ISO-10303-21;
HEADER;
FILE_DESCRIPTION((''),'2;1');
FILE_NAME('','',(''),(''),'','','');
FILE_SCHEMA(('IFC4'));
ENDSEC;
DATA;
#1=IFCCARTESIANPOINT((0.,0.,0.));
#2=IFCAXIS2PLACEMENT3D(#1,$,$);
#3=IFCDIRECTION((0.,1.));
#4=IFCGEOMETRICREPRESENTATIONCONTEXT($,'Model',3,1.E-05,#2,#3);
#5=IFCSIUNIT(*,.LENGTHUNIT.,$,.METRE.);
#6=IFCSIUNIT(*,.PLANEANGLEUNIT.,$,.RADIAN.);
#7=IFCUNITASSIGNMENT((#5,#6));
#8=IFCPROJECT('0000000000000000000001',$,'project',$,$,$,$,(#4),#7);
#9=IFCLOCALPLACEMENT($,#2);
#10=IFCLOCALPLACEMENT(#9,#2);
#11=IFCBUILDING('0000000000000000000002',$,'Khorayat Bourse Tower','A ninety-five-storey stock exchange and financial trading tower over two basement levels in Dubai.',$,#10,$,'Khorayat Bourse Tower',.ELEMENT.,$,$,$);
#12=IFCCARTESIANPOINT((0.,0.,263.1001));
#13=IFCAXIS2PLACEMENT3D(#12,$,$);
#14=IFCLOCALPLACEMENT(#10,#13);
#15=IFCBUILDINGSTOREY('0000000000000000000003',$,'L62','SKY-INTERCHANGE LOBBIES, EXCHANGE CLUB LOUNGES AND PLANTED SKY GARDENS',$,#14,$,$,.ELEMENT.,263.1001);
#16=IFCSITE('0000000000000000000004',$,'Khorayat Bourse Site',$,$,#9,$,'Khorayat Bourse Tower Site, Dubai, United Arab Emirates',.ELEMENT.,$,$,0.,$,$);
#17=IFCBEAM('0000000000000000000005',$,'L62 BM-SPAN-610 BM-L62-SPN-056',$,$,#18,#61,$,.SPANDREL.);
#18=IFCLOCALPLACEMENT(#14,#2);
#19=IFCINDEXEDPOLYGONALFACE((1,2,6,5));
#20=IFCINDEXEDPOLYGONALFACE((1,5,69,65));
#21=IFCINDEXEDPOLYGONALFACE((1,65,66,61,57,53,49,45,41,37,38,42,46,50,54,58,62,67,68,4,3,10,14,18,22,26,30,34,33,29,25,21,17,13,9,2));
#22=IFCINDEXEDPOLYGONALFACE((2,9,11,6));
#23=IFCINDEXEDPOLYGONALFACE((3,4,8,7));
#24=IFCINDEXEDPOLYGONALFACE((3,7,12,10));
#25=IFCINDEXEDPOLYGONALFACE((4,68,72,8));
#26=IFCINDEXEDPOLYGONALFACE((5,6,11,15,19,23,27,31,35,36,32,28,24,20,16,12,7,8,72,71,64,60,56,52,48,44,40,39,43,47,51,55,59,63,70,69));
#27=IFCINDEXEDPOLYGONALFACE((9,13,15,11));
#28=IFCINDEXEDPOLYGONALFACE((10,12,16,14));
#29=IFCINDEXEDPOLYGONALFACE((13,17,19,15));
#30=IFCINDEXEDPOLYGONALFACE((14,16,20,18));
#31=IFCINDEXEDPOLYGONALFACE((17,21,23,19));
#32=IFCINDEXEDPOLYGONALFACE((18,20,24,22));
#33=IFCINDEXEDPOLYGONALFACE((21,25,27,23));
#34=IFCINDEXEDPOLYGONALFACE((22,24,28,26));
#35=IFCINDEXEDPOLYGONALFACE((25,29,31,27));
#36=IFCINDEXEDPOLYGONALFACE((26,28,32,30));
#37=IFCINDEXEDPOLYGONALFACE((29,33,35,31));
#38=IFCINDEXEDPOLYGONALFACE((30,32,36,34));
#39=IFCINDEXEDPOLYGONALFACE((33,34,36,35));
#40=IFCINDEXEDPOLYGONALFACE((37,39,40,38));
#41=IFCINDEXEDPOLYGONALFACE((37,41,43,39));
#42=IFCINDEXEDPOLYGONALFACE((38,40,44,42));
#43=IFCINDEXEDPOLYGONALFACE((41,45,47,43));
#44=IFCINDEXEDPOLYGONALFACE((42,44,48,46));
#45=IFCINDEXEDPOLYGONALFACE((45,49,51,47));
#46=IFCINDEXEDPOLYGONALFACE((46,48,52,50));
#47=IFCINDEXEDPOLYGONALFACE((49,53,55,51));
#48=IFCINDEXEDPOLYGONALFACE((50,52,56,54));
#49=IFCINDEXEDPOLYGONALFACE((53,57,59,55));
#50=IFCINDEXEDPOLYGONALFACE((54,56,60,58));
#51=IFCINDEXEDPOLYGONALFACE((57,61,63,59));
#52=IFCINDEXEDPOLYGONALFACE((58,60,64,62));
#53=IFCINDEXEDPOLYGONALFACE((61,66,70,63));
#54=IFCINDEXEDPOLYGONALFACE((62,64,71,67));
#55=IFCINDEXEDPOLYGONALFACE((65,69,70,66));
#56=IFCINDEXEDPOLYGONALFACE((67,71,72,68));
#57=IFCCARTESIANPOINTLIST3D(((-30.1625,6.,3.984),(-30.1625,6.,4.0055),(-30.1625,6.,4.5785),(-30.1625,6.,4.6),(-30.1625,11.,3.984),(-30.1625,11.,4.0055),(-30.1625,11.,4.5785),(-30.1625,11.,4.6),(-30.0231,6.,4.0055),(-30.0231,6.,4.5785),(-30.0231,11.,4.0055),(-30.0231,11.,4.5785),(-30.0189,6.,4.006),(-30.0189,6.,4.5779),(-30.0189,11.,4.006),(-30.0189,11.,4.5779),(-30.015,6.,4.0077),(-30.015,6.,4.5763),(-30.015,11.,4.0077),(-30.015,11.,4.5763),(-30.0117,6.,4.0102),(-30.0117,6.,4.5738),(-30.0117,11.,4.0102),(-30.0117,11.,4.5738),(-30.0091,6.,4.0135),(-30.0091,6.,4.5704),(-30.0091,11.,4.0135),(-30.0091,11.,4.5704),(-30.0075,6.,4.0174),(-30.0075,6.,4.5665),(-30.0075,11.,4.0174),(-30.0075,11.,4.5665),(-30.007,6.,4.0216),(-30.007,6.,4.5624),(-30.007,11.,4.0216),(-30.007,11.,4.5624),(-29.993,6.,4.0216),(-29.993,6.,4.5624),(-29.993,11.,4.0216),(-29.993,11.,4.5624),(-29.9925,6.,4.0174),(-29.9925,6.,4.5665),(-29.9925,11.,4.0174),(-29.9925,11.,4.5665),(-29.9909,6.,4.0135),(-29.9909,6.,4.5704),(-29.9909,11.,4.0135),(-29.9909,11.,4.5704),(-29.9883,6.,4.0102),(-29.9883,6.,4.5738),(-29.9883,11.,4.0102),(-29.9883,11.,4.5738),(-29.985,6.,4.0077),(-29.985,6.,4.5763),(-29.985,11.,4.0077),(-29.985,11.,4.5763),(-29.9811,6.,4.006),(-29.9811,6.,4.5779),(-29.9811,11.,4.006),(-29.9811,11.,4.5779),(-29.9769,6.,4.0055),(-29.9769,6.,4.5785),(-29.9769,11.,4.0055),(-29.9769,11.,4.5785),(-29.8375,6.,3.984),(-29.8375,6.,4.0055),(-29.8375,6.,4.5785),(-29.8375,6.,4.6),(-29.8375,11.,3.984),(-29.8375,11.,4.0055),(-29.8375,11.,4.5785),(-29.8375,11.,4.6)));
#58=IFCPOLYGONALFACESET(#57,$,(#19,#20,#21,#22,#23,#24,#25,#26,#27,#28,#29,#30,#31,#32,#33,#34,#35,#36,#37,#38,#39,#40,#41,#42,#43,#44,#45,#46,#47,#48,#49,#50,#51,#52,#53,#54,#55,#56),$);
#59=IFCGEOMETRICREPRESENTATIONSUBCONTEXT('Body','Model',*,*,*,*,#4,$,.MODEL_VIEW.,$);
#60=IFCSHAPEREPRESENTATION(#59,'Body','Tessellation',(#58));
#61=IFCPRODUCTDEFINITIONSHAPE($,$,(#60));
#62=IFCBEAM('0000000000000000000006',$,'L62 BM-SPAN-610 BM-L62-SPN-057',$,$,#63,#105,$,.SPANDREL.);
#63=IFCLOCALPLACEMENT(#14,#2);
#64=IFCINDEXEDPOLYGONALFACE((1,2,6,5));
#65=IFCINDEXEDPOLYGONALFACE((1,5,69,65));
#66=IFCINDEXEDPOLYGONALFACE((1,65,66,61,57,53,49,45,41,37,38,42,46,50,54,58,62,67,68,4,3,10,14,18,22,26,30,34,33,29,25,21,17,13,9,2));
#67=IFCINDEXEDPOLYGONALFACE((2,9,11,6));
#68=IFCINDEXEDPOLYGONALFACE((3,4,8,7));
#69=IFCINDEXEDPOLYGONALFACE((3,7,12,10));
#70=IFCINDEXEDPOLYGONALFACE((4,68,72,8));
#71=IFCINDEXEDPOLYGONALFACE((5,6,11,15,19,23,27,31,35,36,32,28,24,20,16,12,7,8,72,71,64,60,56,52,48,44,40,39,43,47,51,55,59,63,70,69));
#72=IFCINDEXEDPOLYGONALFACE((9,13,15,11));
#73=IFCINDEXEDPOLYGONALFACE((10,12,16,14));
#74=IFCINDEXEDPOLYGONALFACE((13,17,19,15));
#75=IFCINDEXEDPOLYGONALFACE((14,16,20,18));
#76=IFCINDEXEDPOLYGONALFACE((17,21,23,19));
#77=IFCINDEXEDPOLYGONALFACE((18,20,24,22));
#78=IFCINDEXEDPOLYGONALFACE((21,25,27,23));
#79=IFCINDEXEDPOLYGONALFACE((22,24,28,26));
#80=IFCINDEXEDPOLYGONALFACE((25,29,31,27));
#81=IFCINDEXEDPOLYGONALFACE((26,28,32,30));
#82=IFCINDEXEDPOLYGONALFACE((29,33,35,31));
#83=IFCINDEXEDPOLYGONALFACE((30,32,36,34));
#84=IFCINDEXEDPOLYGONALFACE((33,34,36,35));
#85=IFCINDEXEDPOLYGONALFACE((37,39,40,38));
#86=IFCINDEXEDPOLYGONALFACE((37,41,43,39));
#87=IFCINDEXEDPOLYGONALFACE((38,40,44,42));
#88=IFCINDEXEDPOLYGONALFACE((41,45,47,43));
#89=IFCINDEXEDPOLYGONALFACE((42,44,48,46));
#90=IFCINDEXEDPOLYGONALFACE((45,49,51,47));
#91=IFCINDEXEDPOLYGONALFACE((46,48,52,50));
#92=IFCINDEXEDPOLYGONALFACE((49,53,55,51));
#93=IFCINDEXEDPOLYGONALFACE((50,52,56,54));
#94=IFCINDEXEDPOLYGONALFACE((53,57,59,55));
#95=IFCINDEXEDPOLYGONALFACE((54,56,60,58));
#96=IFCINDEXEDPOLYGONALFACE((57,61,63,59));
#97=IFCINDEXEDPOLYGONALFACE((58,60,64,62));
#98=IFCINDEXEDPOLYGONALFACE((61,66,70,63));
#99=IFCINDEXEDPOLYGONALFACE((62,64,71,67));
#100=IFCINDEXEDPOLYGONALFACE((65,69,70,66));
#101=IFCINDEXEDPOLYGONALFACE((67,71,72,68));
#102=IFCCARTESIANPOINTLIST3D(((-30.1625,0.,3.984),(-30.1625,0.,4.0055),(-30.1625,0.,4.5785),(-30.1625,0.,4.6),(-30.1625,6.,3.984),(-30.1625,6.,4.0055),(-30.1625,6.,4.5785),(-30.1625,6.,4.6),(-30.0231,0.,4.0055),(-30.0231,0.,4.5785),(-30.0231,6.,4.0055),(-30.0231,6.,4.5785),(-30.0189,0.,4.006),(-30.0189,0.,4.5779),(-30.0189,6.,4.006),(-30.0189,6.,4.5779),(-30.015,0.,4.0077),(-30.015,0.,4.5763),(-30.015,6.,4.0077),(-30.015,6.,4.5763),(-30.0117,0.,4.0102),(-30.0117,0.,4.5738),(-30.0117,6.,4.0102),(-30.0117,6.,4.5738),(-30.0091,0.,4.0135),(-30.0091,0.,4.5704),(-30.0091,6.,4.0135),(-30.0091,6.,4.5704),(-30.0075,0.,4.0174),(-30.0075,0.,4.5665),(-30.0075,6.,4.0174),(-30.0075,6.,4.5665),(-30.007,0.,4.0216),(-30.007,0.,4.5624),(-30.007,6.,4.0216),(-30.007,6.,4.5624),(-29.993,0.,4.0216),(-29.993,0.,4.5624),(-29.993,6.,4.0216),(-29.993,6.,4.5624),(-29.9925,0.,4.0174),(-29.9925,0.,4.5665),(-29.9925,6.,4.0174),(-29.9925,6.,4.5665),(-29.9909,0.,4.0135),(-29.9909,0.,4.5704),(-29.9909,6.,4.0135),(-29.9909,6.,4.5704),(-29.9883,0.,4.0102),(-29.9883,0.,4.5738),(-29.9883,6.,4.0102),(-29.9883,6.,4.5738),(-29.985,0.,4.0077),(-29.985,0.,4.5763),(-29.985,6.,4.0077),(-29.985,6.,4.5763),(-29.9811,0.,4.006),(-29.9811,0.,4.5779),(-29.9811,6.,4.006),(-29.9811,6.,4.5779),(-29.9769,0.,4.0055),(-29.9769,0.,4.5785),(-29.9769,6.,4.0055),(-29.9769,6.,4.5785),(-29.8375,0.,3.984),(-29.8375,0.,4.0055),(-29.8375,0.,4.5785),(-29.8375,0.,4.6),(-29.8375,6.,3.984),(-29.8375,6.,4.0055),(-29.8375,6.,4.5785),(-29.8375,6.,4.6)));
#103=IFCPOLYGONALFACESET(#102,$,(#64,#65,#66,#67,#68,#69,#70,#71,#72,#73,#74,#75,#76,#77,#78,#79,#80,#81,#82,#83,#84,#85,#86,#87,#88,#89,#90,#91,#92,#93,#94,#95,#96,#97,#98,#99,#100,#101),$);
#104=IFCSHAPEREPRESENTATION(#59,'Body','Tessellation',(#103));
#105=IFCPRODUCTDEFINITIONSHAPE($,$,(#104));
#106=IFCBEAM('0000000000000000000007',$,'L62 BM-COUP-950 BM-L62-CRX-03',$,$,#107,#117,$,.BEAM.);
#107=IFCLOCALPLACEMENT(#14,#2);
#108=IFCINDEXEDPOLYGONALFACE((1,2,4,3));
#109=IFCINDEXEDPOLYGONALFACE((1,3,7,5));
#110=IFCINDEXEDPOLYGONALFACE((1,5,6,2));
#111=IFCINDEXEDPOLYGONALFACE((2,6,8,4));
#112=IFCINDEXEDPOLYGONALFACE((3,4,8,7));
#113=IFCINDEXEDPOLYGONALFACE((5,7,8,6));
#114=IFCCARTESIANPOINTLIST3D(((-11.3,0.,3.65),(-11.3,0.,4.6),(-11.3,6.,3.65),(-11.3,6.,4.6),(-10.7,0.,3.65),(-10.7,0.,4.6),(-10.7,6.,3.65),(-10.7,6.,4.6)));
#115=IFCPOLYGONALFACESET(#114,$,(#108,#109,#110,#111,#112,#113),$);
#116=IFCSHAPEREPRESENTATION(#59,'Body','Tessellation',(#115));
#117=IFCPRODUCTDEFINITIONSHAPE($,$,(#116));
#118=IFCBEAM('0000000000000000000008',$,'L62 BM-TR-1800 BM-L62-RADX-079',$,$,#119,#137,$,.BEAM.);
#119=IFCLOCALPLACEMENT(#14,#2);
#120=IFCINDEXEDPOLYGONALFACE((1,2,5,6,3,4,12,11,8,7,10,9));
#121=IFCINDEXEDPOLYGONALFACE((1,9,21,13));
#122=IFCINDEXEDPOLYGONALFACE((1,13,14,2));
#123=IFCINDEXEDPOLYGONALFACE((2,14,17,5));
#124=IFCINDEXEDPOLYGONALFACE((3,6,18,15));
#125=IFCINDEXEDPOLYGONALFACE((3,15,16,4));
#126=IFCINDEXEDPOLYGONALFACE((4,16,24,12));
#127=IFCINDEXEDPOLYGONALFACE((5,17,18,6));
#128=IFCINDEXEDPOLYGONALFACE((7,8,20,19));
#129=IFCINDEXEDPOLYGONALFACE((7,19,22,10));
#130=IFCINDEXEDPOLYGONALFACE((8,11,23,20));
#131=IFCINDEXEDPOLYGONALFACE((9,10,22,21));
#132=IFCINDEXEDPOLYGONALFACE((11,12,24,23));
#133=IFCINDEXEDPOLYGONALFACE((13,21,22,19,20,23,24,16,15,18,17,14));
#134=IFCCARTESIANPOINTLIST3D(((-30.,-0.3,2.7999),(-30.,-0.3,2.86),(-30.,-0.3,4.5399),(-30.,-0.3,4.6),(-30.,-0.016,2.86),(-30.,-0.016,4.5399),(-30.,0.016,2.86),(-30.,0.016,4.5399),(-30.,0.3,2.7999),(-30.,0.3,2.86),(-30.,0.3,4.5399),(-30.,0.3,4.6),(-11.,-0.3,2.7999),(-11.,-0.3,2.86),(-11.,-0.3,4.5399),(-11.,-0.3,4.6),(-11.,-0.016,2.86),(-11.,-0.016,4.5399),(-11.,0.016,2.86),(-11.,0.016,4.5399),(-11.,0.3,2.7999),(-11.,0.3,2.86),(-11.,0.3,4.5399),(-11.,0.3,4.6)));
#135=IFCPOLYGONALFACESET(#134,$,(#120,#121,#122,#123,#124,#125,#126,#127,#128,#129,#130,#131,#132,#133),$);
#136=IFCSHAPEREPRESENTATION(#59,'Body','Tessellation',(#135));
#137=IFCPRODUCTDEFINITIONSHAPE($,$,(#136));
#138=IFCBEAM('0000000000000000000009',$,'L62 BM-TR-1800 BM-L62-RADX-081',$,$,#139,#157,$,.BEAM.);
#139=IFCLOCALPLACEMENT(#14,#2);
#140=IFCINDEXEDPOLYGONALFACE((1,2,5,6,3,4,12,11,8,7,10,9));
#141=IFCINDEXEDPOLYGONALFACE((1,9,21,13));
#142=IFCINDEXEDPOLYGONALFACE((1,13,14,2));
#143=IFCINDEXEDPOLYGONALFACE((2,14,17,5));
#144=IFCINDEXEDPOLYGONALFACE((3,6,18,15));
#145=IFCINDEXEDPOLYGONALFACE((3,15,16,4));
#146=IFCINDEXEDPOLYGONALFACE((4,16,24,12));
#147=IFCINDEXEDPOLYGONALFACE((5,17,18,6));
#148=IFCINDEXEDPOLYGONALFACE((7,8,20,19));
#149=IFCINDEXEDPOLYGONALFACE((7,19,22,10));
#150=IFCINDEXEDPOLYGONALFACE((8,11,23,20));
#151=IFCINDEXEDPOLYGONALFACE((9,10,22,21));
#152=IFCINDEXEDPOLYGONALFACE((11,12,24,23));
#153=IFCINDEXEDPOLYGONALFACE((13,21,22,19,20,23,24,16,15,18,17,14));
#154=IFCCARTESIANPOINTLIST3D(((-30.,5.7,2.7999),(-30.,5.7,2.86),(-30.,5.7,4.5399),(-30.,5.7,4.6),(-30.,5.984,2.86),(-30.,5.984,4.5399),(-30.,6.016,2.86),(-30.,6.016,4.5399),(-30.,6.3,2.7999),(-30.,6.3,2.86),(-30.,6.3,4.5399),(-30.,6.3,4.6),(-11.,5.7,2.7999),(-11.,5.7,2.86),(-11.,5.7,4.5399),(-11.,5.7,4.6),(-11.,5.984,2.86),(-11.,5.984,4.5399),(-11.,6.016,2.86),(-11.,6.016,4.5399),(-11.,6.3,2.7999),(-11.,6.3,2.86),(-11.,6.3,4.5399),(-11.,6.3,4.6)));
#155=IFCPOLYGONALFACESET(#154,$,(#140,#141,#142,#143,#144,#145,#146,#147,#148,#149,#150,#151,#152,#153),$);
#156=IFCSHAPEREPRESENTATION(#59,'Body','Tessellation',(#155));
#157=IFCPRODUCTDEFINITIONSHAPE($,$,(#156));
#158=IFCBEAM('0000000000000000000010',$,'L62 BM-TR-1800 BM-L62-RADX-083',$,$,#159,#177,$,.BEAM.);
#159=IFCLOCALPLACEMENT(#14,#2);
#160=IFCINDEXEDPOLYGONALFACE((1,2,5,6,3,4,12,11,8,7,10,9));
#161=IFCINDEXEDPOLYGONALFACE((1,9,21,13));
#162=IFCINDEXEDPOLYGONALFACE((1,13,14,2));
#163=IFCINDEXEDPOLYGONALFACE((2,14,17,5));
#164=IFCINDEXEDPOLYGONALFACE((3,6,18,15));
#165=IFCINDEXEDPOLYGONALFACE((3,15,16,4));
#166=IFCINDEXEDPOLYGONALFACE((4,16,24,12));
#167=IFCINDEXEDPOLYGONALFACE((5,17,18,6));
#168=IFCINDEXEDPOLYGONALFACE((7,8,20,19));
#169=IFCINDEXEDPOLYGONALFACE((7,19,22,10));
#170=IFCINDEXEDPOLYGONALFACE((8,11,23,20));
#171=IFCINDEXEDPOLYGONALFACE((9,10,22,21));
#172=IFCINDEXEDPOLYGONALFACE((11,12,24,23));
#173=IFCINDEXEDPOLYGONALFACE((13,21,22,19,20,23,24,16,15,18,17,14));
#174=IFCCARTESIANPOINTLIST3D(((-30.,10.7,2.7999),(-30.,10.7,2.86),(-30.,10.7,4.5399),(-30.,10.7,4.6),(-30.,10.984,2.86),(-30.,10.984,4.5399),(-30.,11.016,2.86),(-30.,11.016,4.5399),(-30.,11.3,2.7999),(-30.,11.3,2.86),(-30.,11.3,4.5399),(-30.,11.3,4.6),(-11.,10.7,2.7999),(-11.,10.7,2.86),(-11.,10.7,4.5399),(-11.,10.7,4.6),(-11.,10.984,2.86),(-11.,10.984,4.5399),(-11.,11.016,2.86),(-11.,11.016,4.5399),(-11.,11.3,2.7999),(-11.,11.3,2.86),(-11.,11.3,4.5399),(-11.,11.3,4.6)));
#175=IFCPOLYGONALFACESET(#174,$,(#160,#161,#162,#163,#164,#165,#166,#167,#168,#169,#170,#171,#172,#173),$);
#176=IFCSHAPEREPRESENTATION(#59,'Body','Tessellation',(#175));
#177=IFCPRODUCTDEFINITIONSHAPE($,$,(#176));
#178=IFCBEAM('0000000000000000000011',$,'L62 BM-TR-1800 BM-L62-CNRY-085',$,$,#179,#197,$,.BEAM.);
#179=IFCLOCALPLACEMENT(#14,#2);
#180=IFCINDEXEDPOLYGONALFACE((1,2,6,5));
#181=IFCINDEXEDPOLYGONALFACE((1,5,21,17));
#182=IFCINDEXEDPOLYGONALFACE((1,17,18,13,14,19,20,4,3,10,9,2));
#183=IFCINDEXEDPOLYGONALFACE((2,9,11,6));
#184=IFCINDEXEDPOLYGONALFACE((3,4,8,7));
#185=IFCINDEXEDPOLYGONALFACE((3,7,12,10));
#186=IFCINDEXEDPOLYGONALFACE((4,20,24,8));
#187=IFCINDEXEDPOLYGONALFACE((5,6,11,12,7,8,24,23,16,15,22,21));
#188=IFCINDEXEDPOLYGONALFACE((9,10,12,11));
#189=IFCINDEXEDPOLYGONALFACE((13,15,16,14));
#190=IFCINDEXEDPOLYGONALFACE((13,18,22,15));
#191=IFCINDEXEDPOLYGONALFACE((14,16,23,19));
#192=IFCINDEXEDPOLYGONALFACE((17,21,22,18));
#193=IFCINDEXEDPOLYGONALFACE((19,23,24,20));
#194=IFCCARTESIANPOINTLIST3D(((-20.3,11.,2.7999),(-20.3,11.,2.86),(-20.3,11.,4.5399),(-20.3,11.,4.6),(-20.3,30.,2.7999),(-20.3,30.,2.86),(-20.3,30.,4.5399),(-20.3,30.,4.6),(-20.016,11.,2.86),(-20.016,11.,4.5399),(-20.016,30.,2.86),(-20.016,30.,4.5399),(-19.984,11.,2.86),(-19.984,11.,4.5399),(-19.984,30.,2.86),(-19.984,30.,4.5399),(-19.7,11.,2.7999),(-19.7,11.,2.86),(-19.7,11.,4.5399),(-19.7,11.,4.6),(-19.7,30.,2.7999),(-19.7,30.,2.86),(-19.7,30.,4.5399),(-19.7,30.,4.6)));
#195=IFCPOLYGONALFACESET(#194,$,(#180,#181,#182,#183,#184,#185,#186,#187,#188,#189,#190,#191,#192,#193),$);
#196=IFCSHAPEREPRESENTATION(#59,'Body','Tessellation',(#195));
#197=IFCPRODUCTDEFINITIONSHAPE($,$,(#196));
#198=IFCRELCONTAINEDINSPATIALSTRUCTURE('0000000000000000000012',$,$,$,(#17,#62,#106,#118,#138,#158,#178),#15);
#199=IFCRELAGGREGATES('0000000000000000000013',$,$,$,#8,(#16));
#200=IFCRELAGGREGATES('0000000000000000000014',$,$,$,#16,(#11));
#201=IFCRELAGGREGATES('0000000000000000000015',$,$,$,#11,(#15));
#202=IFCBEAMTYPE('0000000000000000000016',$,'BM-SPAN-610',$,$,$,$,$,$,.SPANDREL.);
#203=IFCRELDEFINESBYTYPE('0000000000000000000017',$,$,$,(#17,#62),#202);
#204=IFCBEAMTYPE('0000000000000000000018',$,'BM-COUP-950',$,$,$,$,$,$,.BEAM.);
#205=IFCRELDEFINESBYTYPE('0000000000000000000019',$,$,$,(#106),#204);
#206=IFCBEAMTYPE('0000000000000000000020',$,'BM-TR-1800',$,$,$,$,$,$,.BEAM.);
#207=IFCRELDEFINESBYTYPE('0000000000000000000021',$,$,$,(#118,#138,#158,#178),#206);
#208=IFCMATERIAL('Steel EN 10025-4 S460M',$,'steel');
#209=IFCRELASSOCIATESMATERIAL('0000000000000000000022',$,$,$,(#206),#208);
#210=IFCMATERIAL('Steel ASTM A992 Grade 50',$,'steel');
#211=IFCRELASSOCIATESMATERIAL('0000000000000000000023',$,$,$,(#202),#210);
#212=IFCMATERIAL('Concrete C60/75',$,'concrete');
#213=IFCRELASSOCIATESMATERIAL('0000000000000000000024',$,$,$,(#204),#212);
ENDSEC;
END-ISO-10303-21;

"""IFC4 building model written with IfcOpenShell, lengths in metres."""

from ifc_helpers import new_model, si_unit, direction, frame, origin, origin_2d, place, context, subcontext, project, spatial, rectangle, i_section, extrude, source, transform, mapped, material, material_profile, profile_set, type_object, element, save


model = new_model("IFC4")

# Units and contexts
model_context = context("Model", 3, precision=1e-05, world=origin(), true_north=direction((0.0, 1.0)))
body_context = subcontext(model_context, "Body", "Model", "MODEL_VIEW")
ifc_project = project(units=[si_unit("LENGTHUNIT", "METRE"), si_unit("PLANEANGLEUNIT", "RADIAN")], contexts=[model_context])

# Site, building, storey
site_placement = place(None, origin())
site = spatial("IfcSite", under=ifc_project, at=site_placement, Name="Khorayat Bourse Site", LongName="Khorayat Bourse Tower Site, Dubai, United Arab Emirates", CompositionType="ELEMENT", RefElevation=0.0)
building_placement = place(site_placement, origin())
building = spatial("IfcBuilding", under=site, at=building_placement, Name="Khorayat Bourse Tower", Description="A ninety-five-storey stock exchange and financial trading tower over two basement levels in Dubai.", LongName="Khorayat Bourse Tower", CompositionType="ELEMENT")
storey_placement = place(building_placement, frame((0.0, 0.0, 263.1001)))
storey = spatial("IfcBuildingStorey", under=building, at=storey_placement, Name="L62", Description="SKY-INTERCHANGE LOBBIES, EXCHANGE CLUB LOUNGES AND PLANTED SKY GARDENS", CompositionType="ELEMENT", Elevation=263.1001)

# Shared definitions
ifc_material_1 = material(Name="Concrete C60/75", Category="concrete")
ifc_material_2 = material(Name="Steel EN 10025-4 S460M", Category="steel")

# Beams
ifc_material_profile_1 = material_profile(ifc_material_2, i_section(OverallWidth=0.6001, OverallDepth=1.8, WebThickness=0.032, FlangeThickness=0.0601, at=origin_2d()), Name="PG 1800x600x32x60")
ifc_profile_set_1 = profile_set([ifc_material_profile_1], Name="Steel EN 10025-4 S460M")
beam_type_1 = type_object("IfcBeamType", Name="BM-TR-1800", PredefinedType="BEAM", material=ifc_profile_set_1)
ifc_material_3 = material(Name="Steel ASTM A992 Grade 50", Category="steel")
ifc_material_profile_2 = material_profile(ifc_material_3, i_section(OverallWidth=0.325, OverallDepth=0.616, WebThickness=0.0139, FlangeThickness=0.0215, FilletRadius=0.0161, at=origin_2d()), Name="W610X174")
ifc_profile_set_2 = profile_set([ifc_material_profile_2], Name="Steel ASTM A992 Grade 50")
beam_type_2 = type_object("IfcBeamType", Name="BM-SPAN-610", PredefinedType="SPANDREL", material=ifc_profile_set_2)
shared_shape_1 = source(origin(), body_context, "Body", "SweptSolid", [
    extrude(i_section(OverallWidth=0.325, OverallDepth=0.616, WebThickness=0.0139, FlangeThickness=0.0215, FilletRadius=0.0161, at=origin_2d()), origin(), (0.0, 0.0, 1.0), 5.0),
])
beam_1_placement = place(storey_placement, frame((-30.0, 6.0, 4.292), z_axis=(0.0, 1.0, 0.0), x_axis=(-1.0, 0.0, 0.0)))
element("IfcBeam", 1, at=beam_1_placement, inside=storey, type_object=beam_type_2, Name="L62 BM-SPAN-610 BM-L62-SPN-056", PredefinedType="SPANDREL", context=body_context, shape_type="MappedRepresentation", body=[
    mapped(shared_shape_1, transform((0.0, 0.0, 0.0), scale=1.0)),
])
shared_shape_2 = source(origin(), body_context, "Body", "SweptSolid", [
    extrude(i_section(OverallWidth=0.325, OverallDepth=0.616, WebThickness=0.0139, FlangeThickness=0.0215, FilletRadius=0.0161, at=origin_2d()), origin(), (0.0, 0.0, 1.0), 6.0),
])
beam_2_placement = place(storey_placement, frame((-30.0, 0.0, 4.292), z_axis=(0.0, 1.0, 0.0), x_axis=(-1.0, 0.0, 0.0)))
element("IfcBeam", 2, at=beam_2_placement, inside=storey, type_object=beam_type_2, Name="L62 BM-SPAN-610 BM-L62-SPN-057", PredefinedType="SPANDREL", context=body_context, shape_type="MappedRepresentation", body=[
    mapped(shared_shape_2, transform((0.0, 0.0, 0.0), scale=1.0)),
])
ifc_material_profile_3 = material_profile(ifc_material_1, rectangle(XDim=0.6001, YDim=0.95, at=origin_2d()), Name="RC 600x950")
ifc_profile_set_3 = profile_set([ifc_material_profile_3], Name="Concrete C60/75")
beam_type_3 = type_object("IfcBeamType", Name="BM-COUP-950", PredefinedType="BEAM", material=ifc_profile_set_3)
shared_shape_3 = source(origin(), body_context, "Body", "SweptSolid", [
    extrude(rectangle(XDim=0.6001, YDim=0.95, at=origin_2d()), origin(), (0.0, 0.0, 1.0), 6.0),
])
beam_3_placement = place(storey_placement, frame((-11.0, 0.0, 4.125), z_axis=(0.0, 1.0, 0.0), x_axis=(-1.0, 0.0, 0.0)))
element("IfcBeam", 3, at=beam_3_placement, inside=storey, type_object=beam_type_3, Name="L62 BM-COUP-950 BM-L62-CRX-03", PredefinedType="BEAM", context=body_context, shape_type="MappedRepresentation", body=[
    mapped(shared_shape_3, transform((0.0, 0.0, 0.0), scale=1.0)),
])
shared_shape_4 = source(origin(), body_context, "Body", "SweptSolid", [
    extrude(i_section(OverallWidth=0.6001, OverallDepth=1.8, WebThickness=0.032, FlangeThickness=0.0601, at=origin_2d()), origin(), (0.0, 0.0, 1.0), 19.0),
])
for number, where, z_axis, x_axis, name in (
    (4, (-30.0, 0.0, 3.7), (1.0, 0.0, 0.0), (0.0, 1.0, 0.0), "L62 BM-TR-1800 BM-L62-RADX-079"),
    (5, (-30.0, 6.0, 3.7), (1.0, 0.0, 0.0), (0.0, 1.0, 0.0), "L62 BM-TR-1800 BM-L62-RADX-081"),
    (6, (-30.0, 11.0, 3.7), (1.0, 0.0, 0.0), (0.0, 1.0, 0.0), "L62 BM-TR-1800 BM-L62-RADX-083"),
    (7, (-20.0, 11.0, 3.7), (0.0, 1.0, 0.0), (-1.0, 0.0, 0.0), "L62 BM-TR-1800 BM-L62-CNRY-085"),
):
    element("IfcBeam", number, at=place(storey_placement, frame(where, z_axis=z_axis, x_axis=x_axis)), inside=storey, type_object=beam_type_1, Name=name, PredefinedType="BEAM", context=body_context, shape_type="MappedRepresentation", body=[
        mapped(shared_shape_4, transform((0.0, 0.0, 0.0), scale=1.0)),
    ])

save(model, "model.ifc")
